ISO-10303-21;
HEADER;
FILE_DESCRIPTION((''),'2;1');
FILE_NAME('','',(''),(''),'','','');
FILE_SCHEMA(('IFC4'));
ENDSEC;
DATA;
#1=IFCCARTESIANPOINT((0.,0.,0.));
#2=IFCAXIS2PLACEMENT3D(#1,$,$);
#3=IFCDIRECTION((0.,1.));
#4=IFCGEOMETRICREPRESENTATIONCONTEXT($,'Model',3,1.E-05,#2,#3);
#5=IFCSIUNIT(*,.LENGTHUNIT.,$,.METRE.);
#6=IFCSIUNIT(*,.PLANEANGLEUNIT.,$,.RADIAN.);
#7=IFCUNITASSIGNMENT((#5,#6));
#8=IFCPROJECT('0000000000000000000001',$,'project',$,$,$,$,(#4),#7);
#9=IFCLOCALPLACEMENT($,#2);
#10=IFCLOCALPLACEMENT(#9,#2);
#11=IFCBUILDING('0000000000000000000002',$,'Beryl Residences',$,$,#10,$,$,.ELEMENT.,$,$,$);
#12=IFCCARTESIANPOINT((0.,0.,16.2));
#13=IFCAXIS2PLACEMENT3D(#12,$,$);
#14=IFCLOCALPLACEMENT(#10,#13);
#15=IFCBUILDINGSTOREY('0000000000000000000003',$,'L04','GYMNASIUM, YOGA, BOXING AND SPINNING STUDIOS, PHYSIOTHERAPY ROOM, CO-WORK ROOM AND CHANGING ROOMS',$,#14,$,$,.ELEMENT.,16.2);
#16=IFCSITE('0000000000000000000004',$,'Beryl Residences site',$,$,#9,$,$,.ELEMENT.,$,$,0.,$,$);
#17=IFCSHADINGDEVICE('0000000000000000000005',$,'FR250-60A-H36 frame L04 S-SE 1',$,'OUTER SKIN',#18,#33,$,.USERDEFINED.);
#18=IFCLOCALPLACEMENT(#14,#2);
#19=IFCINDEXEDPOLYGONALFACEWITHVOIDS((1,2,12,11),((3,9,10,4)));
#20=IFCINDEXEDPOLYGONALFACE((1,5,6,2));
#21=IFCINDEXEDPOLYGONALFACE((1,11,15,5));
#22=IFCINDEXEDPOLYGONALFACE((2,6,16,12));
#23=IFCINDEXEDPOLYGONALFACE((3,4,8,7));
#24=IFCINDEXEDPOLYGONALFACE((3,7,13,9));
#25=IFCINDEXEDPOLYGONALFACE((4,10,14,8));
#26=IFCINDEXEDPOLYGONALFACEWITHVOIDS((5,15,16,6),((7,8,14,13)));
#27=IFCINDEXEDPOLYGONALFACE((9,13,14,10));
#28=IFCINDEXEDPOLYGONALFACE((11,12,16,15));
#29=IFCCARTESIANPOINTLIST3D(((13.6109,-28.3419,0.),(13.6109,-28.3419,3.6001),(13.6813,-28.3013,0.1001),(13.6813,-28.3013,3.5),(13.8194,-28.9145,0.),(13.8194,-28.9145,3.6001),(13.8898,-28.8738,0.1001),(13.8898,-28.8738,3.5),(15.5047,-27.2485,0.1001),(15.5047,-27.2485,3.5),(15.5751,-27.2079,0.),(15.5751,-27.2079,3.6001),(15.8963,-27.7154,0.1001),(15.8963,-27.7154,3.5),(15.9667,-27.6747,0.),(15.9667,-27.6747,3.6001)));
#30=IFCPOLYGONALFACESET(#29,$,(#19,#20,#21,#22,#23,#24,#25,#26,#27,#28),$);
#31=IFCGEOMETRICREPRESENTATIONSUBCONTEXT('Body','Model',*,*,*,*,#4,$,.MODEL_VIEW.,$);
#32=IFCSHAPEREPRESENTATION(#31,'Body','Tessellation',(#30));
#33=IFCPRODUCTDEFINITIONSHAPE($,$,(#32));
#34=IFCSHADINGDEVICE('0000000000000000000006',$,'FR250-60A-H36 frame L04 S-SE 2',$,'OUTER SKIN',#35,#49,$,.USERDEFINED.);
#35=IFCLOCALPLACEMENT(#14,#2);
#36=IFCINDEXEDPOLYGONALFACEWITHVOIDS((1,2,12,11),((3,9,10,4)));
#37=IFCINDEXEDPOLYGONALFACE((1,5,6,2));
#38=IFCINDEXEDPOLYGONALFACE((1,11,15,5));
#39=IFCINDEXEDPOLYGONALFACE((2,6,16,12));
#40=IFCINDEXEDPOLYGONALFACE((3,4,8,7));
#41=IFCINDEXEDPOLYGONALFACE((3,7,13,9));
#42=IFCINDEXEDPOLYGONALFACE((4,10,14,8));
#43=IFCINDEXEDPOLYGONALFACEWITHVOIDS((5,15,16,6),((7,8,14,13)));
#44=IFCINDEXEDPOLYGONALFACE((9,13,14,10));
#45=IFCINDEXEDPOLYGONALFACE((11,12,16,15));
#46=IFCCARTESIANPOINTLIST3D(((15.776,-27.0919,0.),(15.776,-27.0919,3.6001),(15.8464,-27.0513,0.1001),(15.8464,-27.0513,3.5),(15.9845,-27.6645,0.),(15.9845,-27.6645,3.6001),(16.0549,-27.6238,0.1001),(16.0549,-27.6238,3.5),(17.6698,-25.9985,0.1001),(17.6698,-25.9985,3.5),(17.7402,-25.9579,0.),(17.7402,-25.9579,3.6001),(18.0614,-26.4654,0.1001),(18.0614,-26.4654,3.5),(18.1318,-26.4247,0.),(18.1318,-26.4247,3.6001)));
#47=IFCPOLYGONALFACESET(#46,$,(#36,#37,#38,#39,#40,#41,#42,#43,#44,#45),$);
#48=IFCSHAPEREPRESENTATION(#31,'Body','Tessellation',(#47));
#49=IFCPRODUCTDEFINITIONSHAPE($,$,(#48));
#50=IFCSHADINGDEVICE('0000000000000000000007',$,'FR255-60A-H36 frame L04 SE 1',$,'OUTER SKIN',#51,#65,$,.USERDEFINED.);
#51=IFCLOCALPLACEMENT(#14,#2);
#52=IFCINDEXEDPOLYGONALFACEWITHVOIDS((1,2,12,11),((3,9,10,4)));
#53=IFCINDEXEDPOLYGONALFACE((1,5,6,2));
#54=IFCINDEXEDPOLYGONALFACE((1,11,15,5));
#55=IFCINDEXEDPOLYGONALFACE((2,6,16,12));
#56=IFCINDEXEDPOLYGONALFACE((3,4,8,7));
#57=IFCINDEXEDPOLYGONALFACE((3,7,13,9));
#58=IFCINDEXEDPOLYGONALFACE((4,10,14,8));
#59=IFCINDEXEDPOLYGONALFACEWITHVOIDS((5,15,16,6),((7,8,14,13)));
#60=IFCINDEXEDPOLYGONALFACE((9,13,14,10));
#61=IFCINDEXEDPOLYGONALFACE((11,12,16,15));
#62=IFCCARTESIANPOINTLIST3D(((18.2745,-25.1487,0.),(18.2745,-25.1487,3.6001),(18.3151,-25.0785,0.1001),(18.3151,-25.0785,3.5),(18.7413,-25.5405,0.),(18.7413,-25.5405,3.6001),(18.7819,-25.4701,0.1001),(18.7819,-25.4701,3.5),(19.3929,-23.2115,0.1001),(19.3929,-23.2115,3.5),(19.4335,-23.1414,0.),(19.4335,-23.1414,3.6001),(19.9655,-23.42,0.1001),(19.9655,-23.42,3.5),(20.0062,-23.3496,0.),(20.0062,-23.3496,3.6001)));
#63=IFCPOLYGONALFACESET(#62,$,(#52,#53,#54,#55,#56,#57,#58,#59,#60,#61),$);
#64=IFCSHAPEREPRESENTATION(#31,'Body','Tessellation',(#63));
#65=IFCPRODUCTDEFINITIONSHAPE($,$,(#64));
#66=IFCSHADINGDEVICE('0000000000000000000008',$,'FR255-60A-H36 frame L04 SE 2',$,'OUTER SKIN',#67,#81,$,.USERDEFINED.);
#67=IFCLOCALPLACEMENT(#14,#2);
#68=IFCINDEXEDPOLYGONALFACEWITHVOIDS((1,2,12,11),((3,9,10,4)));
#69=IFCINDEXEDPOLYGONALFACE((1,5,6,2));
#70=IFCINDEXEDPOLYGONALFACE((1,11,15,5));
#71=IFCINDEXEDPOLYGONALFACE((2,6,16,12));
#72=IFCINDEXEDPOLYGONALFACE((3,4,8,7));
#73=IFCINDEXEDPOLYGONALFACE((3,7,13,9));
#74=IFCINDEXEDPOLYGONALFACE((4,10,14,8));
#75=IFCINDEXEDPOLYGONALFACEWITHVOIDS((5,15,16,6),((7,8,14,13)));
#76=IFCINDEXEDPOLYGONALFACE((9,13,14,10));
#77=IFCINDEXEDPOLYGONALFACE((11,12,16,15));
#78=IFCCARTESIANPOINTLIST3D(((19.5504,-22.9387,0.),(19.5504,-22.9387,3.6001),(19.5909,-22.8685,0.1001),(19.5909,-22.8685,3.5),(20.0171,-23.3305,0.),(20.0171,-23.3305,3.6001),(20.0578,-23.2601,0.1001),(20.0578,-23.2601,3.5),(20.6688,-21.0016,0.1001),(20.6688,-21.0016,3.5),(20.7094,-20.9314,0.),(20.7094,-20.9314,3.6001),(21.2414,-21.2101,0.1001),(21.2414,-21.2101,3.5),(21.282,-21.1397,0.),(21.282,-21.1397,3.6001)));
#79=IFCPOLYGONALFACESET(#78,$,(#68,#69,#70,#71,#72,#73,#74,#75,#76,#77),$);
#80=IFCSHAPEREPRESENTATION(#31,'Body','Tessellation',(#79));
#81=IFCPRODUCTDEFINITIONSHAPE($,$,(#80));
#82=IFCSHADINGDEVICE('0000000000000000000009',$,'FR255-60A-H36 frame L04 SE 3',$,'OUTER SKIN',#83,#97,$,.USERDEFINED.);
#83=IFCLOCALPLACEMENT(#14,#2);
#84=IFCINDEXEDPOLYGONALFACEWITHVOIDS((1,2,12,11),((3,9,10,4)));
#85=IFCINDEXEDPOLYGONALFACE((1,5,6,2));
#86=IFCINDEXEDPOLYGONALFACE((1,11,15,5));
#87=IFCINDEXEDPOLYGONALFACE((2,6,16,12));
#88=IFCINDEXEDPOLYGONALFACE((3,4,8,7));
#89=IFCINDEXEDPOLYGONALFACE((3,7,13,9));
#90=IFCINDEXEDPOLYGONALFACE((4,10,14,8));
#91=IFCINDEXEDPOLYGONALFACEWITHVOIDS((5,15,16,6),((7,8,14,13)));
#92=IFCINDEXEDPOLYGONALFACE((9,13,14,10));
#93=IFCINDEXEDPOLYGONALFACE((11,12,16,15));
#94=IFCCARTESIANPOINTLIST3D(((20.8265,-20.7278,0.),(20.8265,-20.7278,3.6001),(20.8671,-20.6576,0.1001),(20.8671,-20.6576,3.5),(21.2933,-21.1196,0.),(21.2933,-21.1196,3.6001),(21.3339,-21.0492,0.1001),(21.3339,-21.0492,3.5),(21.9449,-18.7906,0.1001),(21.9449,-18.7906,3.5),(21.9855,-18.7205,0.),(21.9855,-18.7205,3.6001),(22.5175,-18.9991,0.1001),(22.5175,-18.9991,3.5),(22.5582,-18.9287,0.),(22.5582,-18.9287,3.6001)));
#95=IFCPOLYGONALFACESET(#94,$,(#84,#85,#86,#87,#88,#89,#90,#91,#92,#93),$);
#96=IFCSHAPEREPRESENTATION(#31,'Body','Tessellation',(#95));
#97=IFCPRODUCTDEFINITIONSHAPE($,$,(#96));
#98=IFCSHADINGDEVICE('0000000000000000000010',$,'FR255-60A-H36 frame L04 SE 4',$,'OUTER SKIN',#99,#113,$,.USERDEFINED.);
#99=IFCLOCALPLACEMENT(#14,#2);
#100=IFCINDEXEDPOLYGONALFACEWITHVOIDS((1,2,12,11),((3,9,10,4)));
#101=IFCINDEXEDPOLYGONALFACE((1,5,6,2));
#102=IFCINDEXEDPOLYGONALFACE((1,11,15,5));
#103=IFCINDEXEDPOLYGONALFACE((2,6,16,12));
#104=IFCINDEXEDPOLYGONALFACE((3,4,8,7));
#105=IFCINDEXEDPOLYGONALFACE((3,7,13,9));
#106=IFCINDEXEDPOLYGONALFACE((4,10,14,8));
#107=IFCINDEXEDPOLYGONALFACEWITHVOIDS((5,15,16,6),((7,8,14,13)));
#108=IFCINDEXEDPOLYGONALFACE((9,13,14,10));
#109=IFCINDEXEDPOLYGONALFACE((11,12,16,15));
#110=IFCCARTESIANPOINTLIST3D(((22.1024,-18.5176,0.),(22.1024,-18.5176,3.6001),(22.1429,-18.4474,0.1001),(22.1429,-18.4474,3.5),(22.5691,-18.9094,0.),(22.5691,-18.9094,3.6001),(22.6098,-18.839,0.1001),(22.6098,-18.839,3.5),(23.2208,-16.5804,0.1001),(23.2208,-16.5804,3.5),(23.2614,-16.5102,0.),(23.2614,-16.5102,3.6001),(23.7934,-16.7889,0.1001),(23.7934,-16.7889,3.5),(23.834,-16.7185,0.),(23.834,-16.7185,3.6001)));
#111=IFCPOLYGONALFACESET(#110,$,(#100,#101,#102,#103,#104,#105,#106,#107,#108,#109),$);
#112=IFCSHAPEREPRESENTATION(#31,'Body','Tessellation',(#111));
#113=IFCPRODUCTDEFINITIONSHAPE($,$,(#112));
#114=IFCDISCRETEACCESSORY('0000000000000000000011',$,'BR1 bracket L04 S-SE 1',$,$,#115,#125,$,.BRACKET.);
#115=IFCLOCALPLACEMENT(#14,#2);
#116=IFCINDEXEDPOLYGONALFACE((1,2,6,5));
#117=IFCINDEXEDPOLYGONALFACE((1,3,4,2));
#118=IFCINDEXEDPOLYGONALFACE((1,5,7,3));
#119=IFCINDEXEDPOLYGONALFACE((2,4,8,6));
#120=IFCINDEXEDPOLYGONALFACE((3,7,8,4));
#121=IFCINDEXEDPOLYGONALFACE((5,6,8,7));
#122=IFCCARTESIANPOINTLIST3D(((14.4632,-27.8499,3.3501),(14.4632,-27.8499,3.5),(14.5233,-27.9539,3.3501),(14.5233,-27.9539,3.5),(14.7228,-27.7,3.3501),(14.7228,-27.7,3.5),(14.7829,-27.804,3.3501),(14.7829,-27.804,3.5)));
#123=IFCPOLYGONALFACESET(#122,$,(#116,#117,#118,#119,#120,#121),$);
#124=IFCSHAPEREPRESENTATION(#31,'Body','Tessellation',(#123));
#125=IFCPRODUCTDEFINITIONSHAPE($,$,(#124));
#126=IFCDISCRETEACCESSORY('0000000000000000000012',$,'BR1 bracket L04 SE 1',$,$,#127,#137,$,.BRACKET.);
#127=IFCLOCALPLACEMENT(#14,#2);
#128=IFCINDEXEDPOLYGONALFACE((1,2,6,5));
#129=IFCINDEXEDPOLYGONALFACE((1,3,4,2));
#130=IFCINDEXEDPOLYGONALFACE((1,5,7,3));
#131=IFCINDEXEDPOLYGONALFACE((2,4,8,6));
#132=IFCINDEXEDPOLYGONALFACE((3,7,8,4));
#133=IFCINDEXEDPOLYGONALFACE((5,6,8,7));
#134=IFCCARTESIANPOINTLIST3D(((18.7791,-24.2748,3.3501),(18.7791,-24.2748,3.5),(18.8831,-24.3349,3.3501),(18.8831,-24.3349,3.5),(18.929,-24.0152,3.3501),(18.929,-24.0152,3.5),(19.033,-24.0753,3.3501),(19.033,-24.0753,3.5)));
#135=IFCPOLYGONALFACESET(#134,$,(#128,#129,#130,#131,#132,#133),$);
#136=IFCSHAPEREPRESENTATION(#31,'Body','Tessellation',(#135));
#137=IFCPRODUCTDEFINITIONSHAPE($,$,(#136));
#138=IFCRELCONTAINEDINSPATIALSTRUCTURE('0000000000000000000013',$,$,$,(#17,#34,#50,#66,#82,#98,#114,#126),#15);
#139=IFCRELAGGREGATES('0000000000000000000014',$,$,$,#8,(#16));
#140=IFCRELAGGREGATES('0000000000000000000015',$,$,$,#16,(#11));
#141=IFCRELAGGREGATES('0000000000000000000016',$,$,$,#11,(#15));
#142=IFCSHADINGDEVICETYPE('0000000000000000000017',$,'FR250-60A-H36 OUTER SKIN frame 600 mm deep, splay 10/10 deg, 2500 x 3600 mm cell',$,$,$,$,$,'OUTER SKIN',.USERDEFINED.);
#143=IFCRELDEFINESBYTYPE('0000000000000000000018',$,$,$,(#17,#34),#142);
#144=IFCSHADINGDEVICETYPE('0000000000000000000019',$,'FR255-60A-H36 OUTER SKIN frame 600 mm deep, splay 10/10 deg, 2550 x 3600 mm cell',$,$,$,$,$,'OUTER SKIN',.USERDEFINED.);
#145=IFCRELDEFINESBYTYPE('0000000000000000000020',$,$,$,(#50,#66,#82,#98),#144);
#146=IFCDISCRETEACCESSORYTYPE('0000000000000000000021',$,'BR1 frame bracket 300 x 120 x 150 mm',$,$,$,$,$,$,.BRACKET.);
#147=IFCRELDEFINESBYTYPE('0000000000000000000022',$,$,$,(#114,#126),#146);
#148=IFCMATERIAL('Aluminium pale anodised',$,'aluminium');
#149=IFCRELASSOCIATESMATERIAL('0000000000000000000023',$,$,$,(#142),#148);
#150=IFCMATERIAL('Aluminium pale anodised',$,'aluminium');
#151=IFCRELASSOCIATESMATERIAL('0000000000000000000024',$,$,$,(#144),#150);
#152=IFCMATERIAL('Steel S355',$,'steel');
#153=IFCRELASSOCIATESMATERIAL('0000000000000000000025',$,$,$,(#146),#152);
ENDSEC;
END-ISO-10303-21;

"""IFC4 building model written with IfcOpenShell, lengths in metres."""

from ifc_helpers import new_model, entity, si_unit, direction, frame, origin, place, context, subcontext, project, spatial, polyline, outline, extrude, source, transform, mapped, material, type_object, type_shapes, element, save


model = new_model("IFC4")

# Units and contexts
model_context = context("Model", 3, precision=1e-05, world=origin(), true_north=direction((0.0, 1.0)))
body_context = subcontext(model_context, "Body", "Model", "MODEL_VIEW")
ifc_project = project(units=[si_unit("LENGTHUNIT", "METRE"), si_unit("PLANEANGLEUNIT", "RADIAN")], contexts=[model_context])

# Site, building, storey
site_placement = place(None, origin())
site = spatial("IfcSite", under=ifc_project, at=site_placement, Name="Beryl Residences site", CompositionType="ELEMENT", RefElevation=0.0)
building_placement = place(site_placement, origin())
building = spatial("IfcBuilding", under=site, at=building_placement, Name="Beryl Residences", CompositionType="ELEMENT")
storey_placement = place(building_placement, frame((0.0, 0.0, 16.2)))
storey = spatial("IfcBuildingStorey", under=building, at=storey_placement, Name="L04", Description="GYMNASIUM, YOGA, BOXING AND SPINNING STUDIOS, PHYSIOTHERAPY ROOM, CO-WORK ROOM AND CHANGING ROOMS", CompositionType="ELEMENT", Elevation=16.2)

# Shading devices
ifc_material_1 = material(Name="Aluminium pale anodised", Category="aluminium")
shading_device_type_1 = type_object("IfcShadingDeviceType", Name="FR250-60A-H36 OUTER SKIN frame 600 mm deep, splay 10/10 deg, 2500 x 3600 mm cell", ElementType="OUTER SKIN", PredefinedType="USERDEFINED", material=ifc_material_1)
cartesian_point_1 = entity("IfcCartesianPoint", [-1.134, 0.0])
cartesian_point_2 = entity("IfcCartesianPoint", [-1.0527, 0.1001])
cartesian_point_3 = entity("IfcCartesianPoint", [-1.2397, 0.0])
cartesian_point_4 = entity("IfcCartesianPoint", [-1.1584, 0.1001])
shared_shape_1 = source(origin(), body_context, "Body", "SweptSolid", [
    entity("IfcExtrudedAreaSolidTapered", entity("IfcArbitraryProfileDefWithVoids", "AREA", None, entity("IfcPolyline", [cartesian_point_1, entity("IfcCartesianPoint", [1.134, 0.0]), entity("IfcCartesianPoint", [1.134, 3.6001]), entity("IfcCartesianPoint", [-1.134, 3.6001]), cartesian_point_1]), [entity("IfcPolyline", [cartesian_point_2, entity("IfcCartesianPoint", [1.0527, 0.1001]), entity("IfcCartesianPoint", [1.0527, 3.5]), entity("IfcCartesianPoint", [-1.0527, 3.5]), cartesian_point_2])]), entity("IfcAxis2Placement3D", entity("IfcCartesianPoint", [0.0, 0.0, 0.0]), entity("IfcDirection", [0.0, 1.0, 0.0]), entity("IfcDirection", [-1.0, 0.0, 0.0])), entity("IfcDirection", [0.0, 0.0, 1.0]), 0.6001, entity("IfcArbitraryProfileDefWithVoids", "AREA", None, entity("IfcPolyline", [cartesian_point_3, entity("IfcCartesianPoint", [1.2397, 0.0]), entity("IfcCartesianPoint", [1.2397, 3.6001]), entity("IfcCartesianPoint", [-1.2397, 3.6001]), cartesian_point_3]), [entity("IfcPolyline", [cartesian_point_4, entity("IfcCartesianPoint", [1.1584, 0.1001]), entity("IfcCartesianPoint", [1.1584, 3.5]), entity("IfcCartesianPoint", [-1.1584, 3.5]), cartesian_point_4])])),
])
type_shapes(shading_device_type_1, [shared_shape_1])
for number, where, z_axis, x_axis, name in (
    (1, (14.593, -27.7749, 0.0), (0.0, 0.0, 1.0), (-0.866025, -0.5, 0.0), "FR250-60A-H36 frame L04 S-SE 1"),
    (2, (16.7581, -26.5249, 0.0), (0.0, 0.0, 1.0), (-0.866025, -0.5, 0.0), "FR250-60A-H36 frame L04 S-SE 2"),
):
    element("IfcShadingDevice", number, at=place(storey_placement, frame(where, z_axis=z_axis, x_axis=x_axis)), inside=storey, type_object=shading_device_type_1, Name=name, ObjectType="OUTER SKIN", PredefinedType="USERDEFINED", context=body_context, shape_type="MappedRepresentation", body=[
        mapped(shared_shape_1, transform((0.0, 0.0, 0.0))),
    ])
ifc_material_2 = material(Name="Aluminium pale anodised", Category="aluminium")
shading_device_type_2 = type_object("IfcShadingDeviceType", Name="FR255-60A-H36 OUTER SKIN frame 600 mm deep, splay 10/10 deg, 2550 x 3600 mm cell", ElementType="OUTER SKIN", PredefinedType="USERDEFINED", material=ifc_material_2)
cartesian_point_5 = entity("IfcCartesianPoint", [-1.1589, 0.0])
cartesian_point_6 = entity("IfcCartesianPoint", [-1.0779, 0.1001])
cartesian_point_7 = entity("IfcCartesianPoint", [-1.2649, 0.0])
cartesian_point_8 = entity("IfcCartesianPoint", [-1.1836, 0.1001])
shared_shape_2 = source(origin(), body_context, "Body", "SweptSolid", [
    entity("IfcExtrudedAreaSolidTapered", entity("IfcArbitraryProfileDefWithVoids", "AREA", None, entity("IfcPolyline", [cartesian_point_5, entity("IfcCartesianPoint", [1.1589, 0.0]), entity("IfcCartesianPoint", [1.1589, 3.6001]), entity("IfcCartesianPoint", [-1.1589, 3.6001]), cartesian_point_5]), [entity("IfcPolyline", [cartesian_point_6, entity("IfcCartesianPoint", [1.0779, 0.1001]), entity("IfcCartesianPoint", [1.0779, 3.5]), entity("IfcCartesianPoint", [-1.0779, 3.5]), cartesian_point_6])]), entity("IfcAxis2Placement3D", entity("IfcCartesianPoint", [0.0, 0.0, 0.0]), entity("IfcDirection", [0.0, 1.0, 0.0]), entity("IfcDirection", [-1.0, 0.0, 0.0])), entity("IfcDirection", [0.0, 0.0, 1.0]), 0.6001, entity("IfcArbitraryProfileDefWithVoids", "AREA", None, entity("IfcPolyline", [cartesian_point_7, entity("IfcCartesianPoint", [1.2649, 0.0]), entity("IfcCartesianPoint", [1.2649, 3.6001]), entity("IfcCartesianPoint", [-1.2649, 3.6001]), cartesian_point_7]), [entity("IfcPolyline", [cartesian_point_8, entity("IfcCartesianPoint", [1.1836, 0.1001]), entity("IfcCartesianPoint", [1.1836, 3.5]), entity("IfcCartesianPoint", [-1.1836, 3.5]), cartesian_point_8])])),
])
type_shapes(shading_device_type_2, [shared_shape_2])
for number, where, z_axis, x_axis, name in (
    (3, (18.854, -24.145, 0.0), (0.0, 0.0, 1.0), (-0.5, -0.866025, 0.0), "FR255-60A-H36 frame L04 SE 1"),
    (4, (20.1299, -21.9351, 0.0), (0.0, 0.0, 1.0), (-0.5, -0.866025, 0.0), "FR255-60A-H36 frame L04 SE 2"),
    (5, (21.406, -19.7241, 0.0), (0.0, 0.0, 1.0), (-0.5, -0.866025, 0.0), "FR255-60A-H36 frame L04 SE 3"),
    (6, (22.6819, -17.5139, 0.0), (0.0, 0.0, 1.0), (-0.5, -0.866025, 0.0), "FR255-60A-H36 frame L04 SE 4"),
):
    element("IfcShadingDevice", number, at=place(storey_placement, frame(where, z_axis=z_axis, x_axis=x_axis)), inside=storey, type_object=shading_device_type_2, Name=name, ObjectType="OUTER SKIN", PredefinedType="USERDEFINED", context=body_context, shape_type="MappedRepresentation", body=[
        mapped(shared_shape_2, transform((0.0, 0.0, 0.0))),
    ])

# Discrete accessories
ifc_material_3 = material(Name="Steel S355", Category="steel")
discrete_accessory_type = type_object("IfcDiscreteAccessoryType", Name="BR1 frame bracket 300 x 120 x 150 mm", PredefinedType="BRACKET", material=ifc_material_3)
shared_shape_3 = source(origin(), body_context, "Body", "SweptSolid", [
    extrude(outline(polyline([(-0.1499, 0.0), (0.1499, 0.0), (0.1499, 0.1201), (-0.1499, 0.1201), (-0.1499, 0.0)])), origin(), (0.0, 0.0, 1.0), 0.1499),
])
type_shapes(discrete_accessory_type, [shared_shape_3])
for number, where, z_axis, x_axis, name in (
    (7, (14.593, -27.7749, 3.3501), (0.0, 0.0, 1.0), (-0.866025, -0.5, 0.0), "BR1 bracket L04 S-SE 1"),
    (8, (18.854, -24.145, 3.3501), (0.0, 0.0, 1.0), (-0.5, -0.866025, 0.0), "BR1 bracket L04 SE 1"),
):
    element("IfcDiscreteAccessory", number, at=place(storey_placement, frame(where, z_axis=z_axis, x_axis=x_axis)), inside=storey, type_object=discrete_accessory_type, Name=name, PredefinedType="BRACKET", context=body_context, shape_type="MappedRepresentation", body=[
        mapped(shared_shape_3, transform((0.0, 0.0, 0.0))),
    ])

save(model, "model.ifc")
